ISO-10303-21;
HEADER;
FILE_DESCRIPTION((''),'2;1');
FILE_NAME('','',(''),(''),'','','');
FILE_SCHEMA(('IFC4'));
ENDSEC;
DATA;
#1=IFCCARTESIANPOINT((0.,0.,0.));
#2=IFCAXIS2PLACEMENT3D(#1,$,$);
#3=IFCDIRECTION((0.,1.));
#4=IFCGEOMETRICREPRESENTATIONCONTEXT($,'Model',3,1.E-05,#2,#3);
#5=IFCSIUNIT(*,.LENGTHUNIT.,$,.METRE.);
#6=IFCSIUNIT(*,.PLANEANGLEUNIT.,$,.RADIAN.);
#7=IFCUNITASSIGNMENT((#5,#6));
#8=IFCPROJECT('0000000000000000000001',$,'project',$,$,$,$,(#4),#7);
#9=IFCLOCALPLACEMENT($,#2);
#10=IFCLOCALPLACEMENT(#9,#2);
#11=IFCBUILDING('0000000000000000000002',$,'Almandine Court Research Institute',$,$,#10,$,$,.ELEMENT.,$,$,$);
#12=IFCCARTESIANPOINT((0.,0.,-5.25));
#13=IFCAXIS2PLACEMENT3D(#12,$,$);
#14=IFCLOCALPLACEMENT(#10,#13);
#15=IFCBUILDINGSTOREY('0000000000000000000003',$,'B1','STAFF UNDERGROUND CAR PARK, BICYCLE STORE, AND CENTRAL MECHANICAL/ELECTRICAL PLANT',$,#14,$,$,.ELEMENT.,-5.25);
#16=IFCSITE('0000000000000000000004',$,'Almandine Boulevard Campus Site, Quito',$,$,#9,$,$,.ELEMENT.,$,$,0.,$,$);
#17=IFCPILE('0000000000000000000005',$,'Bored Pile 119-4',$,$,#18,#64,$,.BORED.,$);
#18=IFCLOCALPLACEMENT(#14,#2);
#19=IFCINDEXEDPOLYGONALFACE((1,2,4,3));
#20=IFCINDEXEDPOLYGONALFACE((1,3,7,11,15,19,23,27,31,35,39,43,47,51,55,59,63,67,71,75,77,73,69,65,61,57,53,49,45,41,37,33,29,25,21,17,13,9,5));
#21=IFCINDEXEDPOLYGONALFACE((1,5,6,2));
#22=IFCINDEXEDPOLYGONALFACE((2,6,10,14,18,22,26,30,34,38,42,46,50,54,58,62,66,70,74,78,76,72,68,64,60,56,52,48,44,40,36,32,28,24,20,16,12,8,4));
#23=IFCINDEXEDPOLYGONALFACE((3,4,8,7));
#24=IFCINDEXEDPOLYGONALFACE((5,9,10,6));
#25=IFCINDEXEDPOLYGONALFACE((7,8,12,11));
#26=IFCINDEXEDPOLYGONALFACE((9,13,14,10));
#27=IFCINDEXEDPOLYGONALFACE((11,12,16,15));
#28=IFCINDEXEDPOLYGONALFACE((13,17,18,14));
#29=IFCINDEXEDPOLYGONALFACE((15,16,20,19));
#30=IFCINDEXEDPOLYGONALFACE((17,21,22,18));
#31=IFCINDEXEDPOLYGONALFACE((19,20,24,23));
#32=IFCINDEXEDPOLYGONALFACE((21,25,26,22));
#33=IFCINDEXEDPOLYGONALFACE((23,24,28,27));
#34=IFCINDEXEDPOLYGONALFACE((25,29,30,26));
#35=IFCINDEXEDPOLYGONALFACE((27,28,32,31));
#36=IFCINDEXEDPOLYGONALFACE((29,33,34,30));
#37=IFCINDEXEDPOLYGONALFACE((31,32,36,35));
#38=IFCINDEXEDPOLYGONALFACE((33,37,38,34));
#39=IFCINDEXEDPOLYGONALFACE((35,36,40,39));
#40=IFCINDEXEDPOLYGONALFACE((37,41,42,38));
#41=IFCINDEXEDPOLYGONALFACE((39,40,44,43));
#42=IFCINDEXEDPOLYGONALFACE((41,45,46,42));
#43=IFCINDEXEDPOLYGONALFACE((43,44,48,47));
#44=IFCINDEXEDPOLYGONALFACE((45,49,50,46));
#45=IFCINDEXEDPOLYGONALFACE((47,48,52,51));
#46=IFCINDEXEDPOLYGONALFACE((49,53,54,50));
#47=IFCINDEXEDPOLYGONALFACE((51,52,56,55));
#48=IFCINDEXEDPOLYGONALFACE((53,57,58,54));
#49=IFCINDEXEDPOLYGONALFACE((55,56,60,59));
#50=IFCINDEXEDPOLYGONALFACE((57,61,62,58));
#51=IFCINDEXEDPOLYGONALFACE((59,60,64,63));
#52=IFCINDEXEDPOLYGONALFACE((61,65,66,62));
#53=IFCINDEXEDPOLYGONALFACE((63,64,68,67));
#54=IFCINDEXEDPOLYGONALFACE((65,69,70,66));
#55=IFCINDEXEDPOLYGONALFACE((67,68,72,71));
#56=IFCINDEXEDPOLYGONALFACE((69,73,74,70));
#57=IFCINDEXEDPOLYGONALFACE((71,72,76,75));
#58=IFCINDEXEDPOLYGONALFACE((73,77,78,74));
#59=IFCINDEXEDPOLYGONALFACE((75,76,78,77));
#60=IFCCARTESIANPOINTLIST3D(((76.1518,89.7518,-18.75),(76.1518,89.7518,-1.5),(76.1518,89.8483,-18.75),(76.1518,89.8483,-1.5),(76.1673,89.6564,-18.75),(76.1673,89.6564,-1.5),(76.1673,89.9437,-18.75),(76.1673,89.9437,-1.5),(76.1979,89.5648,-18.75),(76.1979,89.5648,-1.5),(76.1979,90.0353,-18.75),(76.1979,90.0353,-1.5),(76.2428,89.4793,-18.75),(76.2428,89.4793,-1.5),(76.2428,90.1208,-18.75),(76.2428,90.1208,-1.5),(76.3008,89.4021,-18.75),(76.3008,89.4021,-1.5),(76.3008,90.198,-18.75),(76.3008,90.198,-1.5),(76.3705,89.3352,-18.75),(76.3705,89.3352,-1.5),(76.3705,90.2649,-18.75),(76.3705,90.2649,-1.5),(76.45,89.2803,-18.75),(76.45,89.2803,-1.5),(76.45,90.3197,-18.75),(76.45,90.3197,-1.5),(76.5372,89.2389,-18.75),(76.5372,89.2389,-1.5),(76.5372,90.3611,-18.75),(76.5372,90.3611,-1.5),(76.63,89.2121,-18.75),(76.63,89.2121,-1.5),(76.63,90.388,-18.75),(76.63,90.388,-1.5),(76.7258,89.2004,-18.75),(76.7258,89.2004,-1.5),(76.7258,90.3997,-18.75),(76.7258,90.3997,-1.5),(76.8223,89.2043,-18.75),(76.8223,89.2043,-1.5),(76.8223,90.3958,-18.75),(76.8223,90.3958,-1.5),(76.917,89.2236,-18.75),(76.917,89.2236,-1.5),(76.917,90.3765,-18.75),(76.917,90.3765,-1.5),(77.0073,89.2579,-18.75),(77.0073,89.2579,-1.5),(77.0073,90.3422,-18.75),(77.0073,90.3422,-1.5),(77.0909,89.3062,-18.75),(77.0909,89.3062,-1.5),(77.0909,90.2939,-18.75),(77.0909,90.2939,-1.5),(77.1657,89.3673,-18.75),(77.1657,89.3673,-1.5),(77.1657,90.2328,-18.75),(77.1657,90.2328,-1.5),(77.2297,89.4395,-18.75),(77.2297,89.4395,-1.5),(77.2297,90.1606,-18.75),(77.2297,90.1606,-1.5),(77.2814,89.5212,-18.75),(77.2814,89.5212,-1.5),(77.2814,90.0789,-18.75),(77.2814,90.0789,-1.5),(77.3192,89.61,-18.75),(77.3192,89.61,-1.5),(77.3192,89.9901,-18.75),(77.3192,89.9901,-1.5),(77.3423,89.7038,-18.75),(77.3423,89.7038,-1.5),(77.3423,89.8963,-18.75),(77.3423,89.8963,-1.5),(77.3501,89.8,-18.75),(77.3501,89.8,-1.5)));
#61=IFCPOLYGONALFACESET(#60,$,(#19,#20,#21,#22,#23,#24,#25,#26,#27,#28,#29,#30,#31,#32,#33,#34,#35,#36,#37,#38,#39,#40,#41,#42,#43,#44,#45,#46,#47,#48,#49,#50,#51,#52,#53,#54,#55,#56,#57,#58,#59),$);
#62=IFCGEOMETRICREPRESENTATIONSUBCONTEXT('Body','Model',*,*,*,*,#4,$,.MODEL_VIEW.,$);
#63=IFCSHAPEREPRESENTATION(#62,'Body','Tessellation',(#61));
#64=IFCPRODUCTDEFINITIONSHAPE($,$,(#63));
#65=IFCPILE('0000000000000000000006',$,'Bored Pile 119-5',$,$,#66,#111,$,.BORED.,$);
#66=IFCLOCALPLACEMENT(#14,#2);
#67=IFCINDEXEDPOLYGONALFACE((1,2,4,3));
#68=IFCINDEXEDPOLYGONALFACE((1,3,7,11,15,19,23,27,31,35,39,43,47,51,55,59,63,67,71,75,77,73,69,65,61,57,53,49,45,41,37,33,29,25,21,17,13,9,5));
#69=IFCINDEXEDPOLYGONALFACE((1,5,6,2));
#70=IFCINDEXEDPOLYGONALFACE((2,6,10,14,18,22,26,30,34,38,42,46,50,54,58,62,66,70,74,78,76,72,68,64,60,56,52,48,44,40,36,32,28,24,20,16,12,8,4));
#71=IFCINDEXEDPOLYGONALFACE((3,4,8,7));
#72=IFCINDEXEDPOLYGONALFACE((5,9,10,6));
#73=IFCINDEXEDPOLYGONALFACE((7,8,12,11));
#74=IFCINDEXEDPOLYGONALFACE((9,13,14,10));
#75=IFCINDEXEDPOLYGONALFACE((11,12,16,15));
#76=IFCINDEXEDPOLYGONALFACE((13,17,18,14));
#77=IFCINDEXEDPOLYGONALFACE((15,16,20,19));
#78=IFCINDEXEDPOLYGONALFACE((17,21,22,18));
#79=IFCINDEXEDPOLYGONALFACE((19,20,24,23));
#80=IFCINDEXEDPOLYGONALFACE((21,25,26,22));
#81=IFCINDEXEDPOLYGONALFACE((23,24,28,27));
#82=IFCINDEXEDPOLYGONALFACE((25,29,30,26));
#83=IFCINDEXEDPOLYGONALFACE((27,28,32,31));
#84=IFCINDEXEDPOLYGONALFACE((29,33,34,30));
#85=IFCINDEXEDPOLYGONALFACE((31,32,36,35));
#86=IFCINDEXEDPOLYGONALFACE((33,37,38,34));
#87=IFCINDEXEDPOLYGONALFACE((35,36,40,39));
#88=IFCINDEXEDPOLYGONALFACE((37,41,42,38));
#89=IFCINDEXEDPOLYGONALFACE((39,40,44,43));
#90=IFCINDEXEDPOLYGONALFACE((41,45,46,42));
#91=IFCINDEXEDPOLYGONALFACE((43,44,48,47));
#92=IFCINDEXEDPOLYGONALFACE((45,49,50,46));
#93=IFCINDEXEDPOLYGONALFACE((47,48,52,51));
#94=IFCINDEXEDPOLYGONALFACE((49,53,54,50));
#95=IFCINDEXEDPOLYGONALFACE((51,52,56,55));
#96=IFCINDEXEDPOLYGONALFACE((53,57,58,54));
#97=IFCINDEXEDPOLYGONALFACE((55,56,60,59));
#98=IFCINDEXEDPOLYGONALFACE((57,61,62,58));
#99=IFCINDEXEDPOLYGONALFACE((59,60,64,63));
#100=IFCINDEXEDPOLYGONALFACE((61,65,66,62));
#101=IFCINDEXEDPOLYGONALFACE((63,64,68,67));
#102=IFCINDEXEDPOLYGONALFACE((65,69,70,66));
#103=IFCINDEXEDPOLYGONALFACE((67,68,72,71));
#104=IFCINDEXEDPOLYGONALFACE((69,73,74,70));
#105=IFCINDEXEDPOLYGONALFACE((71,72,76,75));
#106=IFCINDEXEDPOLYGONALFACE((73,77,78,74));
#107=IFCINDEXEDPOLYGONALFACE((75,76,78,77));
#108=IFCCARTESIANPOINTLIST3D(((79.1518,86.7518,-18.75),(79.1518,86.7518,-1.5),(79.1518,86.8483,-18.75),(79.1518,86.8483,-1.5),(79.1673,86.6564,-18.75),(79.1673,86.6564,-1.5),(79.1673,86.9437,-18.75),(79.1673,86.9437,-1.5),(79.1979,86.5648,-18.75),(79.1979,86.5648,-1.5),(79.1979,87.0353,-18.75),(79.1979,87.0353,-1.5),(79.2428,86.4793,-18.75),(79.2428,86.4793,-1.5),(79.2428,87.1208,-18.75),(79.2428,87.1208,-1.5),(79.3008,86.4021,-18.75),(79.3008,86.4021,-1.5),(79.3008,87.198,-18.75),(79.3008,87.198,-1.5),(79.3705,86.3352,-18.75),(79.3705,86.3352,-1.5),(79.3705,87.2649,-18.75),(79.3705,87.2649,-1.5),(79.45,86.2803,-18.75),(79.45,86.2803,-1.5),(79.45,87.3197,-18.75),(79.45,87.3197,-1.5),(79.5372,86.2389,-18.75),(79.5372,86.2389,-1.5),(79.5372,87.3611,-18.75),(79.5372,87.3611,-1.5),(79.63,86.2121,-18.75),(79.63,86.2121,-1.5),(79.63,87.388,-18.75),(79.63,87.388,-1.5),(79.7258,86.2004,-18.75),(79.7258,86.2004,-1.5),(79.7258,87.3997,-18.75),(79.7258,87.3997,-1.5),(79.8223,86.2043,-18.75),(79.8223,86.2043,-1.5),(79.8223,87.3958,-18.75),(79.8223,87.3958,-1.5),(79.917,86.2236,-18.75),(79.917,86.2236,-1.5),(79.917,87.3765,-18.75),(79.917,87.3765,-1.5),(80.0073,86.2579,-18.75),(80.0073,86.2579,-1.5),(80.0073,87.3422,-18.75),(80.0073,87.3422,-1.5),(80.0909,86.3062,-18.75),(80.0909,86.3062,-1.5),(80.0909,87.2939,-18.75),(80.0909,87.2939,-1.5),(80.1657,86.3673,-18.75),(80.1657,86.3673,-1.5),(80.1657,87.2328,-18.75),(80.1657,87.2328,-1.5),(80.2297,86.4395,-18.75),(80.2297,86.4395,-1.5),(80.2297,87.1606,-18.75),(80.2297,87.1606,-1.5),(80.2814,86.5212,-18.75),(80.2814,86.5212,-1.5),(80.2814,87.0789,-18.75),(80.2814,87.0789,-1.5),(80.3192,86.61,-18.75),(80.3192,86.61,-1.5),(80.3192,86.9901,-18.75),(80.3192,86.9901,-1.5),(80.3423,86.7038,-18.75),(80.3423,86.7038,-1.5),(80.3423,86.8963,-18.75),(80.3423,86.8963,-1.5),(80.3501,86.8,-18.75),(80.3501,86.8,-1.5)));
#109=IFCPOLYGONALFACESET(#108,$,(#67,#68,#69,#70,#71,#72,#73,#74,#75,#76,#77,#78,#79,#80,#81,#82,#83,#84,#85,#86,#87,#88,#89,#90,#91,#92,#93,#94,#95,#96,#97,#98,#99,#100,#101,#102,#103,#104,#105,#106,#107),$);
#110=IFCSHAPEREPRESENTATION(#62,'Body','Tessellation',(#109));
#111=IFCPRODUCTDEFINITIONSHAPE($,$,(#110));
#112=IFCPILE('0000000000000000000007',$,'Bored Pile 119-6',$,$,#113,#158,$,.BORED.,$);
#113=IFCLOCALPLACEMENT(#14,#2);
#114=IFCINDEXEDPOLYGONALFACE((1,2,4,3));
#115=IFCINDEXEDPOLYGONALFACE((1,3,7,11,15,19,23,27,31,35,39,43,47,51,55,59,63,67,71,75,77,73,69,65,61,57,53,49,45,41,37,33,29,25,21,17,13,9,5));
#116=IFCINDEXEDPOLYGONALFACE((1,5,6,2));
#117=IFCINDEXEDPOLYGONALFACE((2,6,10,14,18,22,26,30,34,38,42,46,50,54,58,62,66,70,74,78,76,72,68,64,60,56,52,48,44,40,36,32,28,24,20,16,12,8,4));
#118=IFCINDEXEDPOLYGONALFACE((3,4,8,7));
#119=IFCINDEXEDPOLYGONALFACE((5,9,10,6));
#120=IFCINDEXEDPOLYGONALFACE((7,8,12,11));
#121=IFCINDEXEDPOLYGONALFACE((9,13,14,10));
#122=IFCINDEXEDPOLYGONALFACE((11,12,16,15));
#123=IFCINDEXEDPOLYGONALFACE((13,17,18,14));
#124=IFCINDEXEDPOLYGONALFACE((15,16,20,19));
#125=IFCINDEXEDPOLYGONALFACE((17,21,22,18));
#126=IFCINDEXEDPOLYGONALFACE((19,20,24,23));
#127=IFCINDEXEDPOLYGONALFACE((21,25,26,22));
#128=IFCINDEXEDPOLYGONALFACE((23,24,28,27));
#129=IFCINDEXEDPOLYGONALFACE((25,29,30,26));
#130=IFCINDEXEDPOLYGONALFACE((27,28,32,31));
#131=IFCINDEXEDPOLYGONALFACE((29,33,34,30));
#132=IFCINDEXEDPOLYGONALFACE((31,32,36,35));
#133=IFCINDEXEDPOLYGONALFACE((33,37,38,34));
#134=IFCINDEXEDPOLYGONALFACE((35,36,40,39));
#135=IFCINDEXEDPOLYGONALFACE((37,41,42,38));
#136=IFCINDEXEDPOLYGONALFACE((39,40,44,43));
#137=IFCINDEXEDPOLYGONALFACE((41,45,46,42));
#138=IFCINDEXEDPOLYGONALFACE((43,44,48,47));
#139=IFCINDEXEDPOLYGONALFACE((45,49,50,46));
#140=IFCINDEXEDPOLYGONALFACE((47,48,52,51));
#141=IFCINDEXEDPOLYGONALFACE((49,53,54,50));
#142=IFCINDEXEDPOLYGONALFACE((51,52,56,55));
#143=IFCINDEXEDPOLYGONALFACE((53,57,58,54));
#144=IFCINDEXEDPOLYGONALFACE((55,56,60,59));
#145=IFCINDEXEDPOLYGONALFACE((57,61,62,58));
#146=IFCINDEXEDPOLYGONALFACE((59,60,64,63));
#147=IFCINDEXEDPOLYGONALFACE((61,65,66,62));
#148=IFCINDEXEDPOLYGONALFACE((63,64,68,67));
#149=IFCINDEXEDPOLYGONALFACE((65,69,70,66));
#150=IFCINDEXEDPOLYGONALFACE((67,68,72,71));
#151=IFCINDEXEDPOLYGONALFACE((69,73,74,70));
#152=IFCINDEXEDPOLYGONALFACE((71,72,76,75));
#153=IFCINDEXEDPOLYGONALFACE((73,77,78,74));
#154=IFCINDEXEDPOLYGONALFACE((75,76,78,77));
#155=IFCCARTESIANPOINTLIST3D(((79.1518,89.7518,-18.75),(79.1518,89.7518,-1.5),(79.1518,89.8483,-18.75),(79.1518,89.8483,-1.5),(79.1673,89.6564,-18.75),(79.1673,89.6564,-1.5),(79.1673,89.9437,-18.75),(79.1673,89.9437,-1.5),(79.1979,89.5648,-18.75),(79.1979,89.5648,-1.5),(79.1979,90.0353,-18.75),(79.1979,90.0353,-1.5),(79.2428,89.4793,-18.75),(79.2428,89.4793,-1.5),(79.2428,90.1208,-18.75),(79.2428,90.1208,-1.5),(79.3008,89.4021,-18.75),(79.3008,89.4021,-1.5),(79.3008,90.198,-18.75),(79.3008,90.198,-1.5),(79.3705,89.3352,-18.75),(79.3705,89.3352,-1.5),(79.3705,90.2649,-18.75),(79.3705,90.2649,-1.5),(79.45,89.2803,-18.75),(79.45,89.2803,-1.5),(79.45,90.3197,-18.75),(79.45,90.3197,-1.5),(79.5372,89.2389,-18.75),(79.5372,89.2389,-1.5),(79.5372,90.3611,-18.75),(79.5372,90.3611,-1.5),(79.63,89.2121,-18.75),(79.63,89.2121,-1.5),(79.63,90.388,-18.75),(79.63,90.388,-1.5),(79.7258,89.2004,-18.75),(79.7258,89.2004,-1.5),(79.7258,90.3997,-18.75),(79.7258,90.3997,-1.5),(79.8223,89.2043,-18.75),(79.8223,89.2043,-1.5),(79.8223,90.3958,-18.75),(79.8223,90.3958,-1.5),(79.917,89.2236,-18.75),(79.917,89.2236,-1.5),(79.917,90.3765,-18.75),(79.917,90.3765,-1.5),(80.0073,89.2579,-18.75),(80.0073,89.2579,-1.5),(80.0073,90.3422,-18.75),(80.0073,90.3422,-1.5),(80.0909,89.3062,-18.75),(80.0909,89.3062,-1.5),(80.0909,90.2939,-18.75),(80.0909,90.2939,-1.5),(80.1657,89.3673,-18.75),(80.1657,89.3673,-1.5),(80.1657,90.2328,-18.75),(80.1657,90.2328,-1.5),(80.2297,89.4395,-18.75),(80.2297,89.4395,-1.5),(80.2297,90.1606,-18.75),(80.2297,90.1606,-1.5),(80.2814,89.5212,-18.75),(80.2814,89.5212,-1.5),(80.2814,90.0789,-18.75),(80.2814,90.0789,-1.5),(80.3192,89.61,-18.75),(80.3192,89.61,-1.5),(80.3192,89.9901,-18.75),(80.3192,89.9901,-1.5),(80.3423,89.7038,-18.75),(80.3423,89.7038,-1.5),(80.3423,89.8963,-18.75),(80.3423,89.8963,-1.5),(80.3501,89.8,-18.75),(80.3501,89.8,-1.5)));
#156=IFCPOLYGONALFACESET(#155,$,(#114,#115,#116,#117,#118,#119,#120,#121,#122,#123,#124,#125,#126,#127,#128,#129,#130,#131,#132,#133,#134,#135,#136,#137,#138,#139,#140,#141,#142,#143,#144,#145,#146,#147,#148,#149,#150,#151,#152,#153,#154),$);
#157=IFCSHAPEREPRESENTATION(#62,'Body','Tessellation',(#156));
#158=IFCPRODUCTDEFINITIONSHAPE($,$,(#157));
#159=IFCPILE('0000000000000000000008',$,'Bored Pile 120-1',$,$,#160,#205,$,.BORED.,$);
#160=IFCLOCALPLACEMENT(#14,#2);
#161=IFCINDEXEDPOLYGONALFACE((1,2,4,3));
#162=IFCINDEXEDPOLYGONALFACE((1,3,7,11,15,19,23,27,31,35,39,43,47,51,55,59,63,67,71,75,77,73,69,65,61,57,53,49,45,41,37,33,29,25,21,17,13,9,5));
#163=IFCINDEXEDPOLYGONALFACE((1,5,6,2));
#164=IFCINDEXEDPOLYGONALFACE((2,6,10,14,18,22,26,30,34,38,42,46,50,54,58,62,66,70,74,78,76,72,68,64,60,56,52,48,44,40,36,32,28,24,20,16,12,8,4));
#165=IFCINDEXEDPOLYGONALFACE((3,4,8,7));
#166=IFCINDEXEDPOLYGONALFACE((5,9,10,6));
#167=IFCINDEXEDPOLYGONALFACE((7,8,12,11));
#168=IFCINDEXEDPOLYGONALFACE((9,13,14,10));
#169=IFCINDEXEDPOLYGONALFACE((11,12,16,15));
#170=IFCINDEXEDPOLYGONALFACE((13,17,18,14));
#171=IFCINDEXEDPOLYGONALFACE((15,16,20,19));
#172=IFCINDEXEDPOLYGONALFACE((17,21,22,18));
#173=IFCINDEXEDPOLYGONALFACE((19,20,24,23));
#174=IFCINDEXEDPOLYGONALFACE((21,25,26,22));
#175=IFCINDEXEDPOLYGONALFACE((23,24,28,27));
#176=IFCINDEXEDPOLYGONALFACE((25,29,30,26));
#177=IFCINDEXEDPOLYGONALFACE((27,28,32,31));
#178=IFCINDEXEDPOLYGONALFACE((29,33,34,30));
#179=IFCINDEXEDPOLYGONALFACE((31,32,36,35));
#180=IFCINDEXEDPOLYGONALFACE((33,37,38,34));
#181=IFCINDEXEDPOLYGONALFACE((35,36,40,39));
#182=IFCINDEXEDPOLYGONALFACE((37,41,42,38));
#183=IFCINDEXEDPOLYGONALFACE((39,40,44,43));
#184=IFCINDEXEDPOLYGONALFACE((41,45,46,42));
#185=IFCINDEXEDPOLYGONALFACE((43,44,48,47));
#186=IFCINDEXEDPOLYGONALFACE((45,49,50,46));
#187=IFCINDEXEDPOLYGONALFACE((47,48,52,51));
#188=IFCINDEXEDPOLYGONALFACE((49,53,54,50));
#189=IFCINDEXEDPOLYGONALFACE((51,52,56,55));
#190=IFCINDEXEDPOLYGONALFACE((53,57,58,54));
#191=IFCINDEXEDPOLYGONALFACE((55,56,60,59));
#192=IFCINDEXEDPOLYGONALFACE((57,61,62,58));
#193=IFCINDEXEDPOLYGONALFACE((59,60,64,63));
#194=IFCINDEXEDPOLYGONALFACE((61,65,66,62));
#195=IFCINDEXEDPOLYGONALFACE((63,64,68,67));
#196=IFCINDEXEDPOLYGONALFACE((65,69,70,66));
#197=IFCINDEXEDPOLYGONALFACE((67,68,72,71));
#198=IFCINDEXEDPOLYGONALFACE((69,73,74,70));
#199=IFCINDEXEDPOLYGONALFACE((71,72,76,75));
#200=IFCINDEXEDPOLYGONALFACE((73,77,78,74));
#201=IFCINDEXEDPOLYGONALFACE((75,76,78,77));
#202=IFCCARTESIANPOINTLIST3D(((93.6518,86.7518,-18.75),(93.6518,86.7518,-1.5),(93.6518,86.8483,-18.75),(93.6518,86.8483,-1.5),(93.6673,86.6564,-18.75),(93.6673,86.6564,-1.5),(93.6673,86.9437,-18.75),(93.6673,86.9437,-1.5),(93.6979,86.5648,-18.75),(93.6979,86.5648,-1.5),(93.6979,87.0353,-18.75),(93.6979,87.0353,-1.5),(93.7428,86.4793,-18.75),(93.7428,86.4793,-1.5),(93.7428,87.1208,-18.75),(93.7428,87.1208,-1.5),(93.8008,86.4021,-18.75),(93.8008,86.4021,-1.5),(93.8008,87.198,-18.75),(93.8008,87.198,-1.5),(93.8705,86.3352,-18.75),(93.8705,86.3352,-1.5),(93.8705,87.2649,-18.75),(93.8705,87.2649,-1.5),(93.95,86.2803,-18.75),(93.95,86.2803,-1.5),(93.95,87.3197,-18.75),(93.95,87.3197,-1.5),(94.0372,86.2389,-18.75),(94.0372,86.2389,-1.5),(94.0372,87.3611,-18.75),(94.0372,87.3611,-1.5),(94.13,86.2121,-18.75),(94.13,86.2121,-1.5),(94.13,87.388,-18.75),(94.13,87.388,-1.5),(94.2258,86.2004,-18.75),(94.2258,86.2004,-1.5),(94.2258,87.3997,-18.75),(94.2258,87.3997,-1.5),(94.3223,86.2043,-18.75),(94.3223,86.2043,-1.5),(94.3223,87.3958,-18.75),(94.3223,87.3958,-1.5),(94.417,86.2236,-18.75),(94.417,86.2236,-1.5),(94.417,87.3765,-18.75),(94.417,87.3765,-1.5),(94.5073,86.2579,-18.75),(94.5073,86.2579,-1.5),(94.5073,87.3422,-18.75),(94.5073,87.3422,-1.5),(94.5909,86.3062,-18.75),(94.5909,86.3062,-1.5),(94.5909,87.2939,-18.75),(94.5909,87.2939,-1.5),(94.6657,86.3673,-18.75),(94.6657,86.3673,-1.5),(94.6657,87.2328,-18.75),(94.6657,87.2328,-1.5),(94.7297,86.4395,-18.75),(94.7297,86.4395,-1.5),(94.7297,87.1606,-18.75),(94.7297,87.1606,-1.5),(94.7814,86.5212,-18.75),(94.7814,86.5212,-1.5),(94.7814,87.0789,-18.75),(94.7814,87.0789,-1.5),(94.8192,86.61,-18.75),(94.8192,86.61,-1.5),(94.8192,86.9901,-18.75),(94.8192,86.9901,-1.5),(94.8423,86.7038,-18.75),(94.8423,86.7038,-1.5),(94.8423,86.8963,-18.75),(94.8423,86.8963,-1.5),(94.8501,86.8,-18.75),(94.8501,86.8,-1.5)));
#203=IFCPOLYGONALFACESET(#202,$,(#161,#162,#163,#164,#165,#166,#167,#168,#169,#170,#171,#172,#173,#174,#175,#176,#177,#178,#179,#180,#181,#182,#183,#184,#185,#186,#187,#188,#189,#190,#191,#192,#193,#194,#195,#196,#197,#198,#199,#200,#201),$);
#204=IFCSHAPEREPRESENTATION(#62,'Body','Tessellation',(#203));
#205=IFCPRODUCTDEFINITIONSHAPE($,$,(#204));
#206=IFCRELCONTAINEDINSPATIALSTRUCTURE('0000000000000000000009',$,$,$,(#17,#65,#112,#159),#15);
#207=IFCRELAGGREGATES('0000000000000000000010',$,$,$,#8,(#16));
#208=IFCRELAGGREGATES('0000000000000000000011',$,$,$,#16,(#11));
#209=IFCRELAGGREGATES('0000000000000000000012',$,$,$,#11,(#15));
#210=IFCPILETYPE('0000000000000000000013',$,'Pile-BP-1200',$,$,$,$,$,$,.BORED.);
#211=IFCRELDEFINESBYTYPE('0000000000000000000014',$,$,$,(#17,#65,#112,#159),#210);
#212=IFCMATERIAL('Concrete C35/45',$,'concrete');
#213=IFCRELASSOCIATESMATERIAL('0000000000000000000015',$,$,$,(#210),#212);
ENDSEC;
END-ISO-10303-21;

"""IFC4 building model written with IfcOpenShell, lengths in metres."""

from ifc_helpers import new_model, si_unit, direction, frame, origin, origin_2d, place, context, subcontext, project, spatial, circle, extrude, material, material_profile, profile_set, type_object, element, save


model = new_model("IFC4")

# Units and contexts
model_context = context("Model", 3, precision=1e-05, world=origin(), true_north=direction((0.0, 1.0)))
body_context = subcontext(model_context, "Body", "Model", "MODEL_VIEW")
ifc_project = project(units=[si_unit("LENGTHUNIT", "METRE"), si_unit("PLANEANGLEUNIT", "RADIAN")], contexts=[model_context])

# Site, building, storey
site_placement = place(None, origin())
site = spatial("IfcSite", under=ifc_project, at=site_placement, Name="Almandine Boulevard Campus Site, Quito", CompositionType="ELEMENT", RefElevation=0.0)
building_placement = place(site_placement, origin())
building = spatial("IfcBuilding", under=site, at=building_placement, Name="Almandine Court Research Institute", CompositionType="ELEMENT")
storey_placement = place(building_placement, frame((0.0, 0.0, -5.25)))
storey = spatial("IfcBuildingStorey", under=building, at=storey_placement, Name="B1", Description="STAFF UNDERGROUND CAR PARK, BICYCLE STORE, AND CENTRAL MECHANICAL/ELECTRICAL PLANT", CompositionType="ELEMENT", Elevation=-5.25)

# Shared definitions
ifc_material_1 = material(Name="Concrete C35/45", Category="concrete")

# Piles
ifc_material_profile_1 = material_profile(ifc_material_1, circle(Radius=0.6001, at=origin_2d()), Name="BORED PILE D1200")
ifc_profile_set_1 = profile_set([ifc_material_profile_1], Name="Concrete C35/45")
pile_type_1 = type_object("IfcPileType", Name="Pile-BP-1200", PredefinedType="BORED", material=ifc_profile_set_1)
for number, where, z_axis, x_axis, name in (
    (1, (76.75, 89.8, -1.5), (0.0, 0.0, -1.0), (1.0, 0.0, 0.0), "Bored Pile 119-4"),
    (2, (79.75, 86.8, -1.5), (0.0, 0.0, -1.0), (1.0, 0.0, 0.0), "Bored Pile 119-5"),
    (3, (79.75, 89.8, -1.5), (0.0, 0.0, -1.0), (1.0, 0.0, 0.0), "Bored Pile 119-6"),
    (4, (94.25, 86.8, -1.5), (0.0, 0.0, -1.0), (1.0, 0.0, 0.0), "Bored Pile 120-1"),
):
    element("IfcPile", number, at=place(storey_placement, frame(where, z_axis=z_axis, x_axis=x_axis)), inside=storey, type_object=pile_type_1, Name=name, PredefinedType="BORED", context=body_context, shape_type="SweptSolid", body=[
        extrude(circle(Radius=0.6001, at=origin_2d()), origin(), (0.0, 0.0, 1.0), 17.25),
    ])

save(model, "model.ifc")
